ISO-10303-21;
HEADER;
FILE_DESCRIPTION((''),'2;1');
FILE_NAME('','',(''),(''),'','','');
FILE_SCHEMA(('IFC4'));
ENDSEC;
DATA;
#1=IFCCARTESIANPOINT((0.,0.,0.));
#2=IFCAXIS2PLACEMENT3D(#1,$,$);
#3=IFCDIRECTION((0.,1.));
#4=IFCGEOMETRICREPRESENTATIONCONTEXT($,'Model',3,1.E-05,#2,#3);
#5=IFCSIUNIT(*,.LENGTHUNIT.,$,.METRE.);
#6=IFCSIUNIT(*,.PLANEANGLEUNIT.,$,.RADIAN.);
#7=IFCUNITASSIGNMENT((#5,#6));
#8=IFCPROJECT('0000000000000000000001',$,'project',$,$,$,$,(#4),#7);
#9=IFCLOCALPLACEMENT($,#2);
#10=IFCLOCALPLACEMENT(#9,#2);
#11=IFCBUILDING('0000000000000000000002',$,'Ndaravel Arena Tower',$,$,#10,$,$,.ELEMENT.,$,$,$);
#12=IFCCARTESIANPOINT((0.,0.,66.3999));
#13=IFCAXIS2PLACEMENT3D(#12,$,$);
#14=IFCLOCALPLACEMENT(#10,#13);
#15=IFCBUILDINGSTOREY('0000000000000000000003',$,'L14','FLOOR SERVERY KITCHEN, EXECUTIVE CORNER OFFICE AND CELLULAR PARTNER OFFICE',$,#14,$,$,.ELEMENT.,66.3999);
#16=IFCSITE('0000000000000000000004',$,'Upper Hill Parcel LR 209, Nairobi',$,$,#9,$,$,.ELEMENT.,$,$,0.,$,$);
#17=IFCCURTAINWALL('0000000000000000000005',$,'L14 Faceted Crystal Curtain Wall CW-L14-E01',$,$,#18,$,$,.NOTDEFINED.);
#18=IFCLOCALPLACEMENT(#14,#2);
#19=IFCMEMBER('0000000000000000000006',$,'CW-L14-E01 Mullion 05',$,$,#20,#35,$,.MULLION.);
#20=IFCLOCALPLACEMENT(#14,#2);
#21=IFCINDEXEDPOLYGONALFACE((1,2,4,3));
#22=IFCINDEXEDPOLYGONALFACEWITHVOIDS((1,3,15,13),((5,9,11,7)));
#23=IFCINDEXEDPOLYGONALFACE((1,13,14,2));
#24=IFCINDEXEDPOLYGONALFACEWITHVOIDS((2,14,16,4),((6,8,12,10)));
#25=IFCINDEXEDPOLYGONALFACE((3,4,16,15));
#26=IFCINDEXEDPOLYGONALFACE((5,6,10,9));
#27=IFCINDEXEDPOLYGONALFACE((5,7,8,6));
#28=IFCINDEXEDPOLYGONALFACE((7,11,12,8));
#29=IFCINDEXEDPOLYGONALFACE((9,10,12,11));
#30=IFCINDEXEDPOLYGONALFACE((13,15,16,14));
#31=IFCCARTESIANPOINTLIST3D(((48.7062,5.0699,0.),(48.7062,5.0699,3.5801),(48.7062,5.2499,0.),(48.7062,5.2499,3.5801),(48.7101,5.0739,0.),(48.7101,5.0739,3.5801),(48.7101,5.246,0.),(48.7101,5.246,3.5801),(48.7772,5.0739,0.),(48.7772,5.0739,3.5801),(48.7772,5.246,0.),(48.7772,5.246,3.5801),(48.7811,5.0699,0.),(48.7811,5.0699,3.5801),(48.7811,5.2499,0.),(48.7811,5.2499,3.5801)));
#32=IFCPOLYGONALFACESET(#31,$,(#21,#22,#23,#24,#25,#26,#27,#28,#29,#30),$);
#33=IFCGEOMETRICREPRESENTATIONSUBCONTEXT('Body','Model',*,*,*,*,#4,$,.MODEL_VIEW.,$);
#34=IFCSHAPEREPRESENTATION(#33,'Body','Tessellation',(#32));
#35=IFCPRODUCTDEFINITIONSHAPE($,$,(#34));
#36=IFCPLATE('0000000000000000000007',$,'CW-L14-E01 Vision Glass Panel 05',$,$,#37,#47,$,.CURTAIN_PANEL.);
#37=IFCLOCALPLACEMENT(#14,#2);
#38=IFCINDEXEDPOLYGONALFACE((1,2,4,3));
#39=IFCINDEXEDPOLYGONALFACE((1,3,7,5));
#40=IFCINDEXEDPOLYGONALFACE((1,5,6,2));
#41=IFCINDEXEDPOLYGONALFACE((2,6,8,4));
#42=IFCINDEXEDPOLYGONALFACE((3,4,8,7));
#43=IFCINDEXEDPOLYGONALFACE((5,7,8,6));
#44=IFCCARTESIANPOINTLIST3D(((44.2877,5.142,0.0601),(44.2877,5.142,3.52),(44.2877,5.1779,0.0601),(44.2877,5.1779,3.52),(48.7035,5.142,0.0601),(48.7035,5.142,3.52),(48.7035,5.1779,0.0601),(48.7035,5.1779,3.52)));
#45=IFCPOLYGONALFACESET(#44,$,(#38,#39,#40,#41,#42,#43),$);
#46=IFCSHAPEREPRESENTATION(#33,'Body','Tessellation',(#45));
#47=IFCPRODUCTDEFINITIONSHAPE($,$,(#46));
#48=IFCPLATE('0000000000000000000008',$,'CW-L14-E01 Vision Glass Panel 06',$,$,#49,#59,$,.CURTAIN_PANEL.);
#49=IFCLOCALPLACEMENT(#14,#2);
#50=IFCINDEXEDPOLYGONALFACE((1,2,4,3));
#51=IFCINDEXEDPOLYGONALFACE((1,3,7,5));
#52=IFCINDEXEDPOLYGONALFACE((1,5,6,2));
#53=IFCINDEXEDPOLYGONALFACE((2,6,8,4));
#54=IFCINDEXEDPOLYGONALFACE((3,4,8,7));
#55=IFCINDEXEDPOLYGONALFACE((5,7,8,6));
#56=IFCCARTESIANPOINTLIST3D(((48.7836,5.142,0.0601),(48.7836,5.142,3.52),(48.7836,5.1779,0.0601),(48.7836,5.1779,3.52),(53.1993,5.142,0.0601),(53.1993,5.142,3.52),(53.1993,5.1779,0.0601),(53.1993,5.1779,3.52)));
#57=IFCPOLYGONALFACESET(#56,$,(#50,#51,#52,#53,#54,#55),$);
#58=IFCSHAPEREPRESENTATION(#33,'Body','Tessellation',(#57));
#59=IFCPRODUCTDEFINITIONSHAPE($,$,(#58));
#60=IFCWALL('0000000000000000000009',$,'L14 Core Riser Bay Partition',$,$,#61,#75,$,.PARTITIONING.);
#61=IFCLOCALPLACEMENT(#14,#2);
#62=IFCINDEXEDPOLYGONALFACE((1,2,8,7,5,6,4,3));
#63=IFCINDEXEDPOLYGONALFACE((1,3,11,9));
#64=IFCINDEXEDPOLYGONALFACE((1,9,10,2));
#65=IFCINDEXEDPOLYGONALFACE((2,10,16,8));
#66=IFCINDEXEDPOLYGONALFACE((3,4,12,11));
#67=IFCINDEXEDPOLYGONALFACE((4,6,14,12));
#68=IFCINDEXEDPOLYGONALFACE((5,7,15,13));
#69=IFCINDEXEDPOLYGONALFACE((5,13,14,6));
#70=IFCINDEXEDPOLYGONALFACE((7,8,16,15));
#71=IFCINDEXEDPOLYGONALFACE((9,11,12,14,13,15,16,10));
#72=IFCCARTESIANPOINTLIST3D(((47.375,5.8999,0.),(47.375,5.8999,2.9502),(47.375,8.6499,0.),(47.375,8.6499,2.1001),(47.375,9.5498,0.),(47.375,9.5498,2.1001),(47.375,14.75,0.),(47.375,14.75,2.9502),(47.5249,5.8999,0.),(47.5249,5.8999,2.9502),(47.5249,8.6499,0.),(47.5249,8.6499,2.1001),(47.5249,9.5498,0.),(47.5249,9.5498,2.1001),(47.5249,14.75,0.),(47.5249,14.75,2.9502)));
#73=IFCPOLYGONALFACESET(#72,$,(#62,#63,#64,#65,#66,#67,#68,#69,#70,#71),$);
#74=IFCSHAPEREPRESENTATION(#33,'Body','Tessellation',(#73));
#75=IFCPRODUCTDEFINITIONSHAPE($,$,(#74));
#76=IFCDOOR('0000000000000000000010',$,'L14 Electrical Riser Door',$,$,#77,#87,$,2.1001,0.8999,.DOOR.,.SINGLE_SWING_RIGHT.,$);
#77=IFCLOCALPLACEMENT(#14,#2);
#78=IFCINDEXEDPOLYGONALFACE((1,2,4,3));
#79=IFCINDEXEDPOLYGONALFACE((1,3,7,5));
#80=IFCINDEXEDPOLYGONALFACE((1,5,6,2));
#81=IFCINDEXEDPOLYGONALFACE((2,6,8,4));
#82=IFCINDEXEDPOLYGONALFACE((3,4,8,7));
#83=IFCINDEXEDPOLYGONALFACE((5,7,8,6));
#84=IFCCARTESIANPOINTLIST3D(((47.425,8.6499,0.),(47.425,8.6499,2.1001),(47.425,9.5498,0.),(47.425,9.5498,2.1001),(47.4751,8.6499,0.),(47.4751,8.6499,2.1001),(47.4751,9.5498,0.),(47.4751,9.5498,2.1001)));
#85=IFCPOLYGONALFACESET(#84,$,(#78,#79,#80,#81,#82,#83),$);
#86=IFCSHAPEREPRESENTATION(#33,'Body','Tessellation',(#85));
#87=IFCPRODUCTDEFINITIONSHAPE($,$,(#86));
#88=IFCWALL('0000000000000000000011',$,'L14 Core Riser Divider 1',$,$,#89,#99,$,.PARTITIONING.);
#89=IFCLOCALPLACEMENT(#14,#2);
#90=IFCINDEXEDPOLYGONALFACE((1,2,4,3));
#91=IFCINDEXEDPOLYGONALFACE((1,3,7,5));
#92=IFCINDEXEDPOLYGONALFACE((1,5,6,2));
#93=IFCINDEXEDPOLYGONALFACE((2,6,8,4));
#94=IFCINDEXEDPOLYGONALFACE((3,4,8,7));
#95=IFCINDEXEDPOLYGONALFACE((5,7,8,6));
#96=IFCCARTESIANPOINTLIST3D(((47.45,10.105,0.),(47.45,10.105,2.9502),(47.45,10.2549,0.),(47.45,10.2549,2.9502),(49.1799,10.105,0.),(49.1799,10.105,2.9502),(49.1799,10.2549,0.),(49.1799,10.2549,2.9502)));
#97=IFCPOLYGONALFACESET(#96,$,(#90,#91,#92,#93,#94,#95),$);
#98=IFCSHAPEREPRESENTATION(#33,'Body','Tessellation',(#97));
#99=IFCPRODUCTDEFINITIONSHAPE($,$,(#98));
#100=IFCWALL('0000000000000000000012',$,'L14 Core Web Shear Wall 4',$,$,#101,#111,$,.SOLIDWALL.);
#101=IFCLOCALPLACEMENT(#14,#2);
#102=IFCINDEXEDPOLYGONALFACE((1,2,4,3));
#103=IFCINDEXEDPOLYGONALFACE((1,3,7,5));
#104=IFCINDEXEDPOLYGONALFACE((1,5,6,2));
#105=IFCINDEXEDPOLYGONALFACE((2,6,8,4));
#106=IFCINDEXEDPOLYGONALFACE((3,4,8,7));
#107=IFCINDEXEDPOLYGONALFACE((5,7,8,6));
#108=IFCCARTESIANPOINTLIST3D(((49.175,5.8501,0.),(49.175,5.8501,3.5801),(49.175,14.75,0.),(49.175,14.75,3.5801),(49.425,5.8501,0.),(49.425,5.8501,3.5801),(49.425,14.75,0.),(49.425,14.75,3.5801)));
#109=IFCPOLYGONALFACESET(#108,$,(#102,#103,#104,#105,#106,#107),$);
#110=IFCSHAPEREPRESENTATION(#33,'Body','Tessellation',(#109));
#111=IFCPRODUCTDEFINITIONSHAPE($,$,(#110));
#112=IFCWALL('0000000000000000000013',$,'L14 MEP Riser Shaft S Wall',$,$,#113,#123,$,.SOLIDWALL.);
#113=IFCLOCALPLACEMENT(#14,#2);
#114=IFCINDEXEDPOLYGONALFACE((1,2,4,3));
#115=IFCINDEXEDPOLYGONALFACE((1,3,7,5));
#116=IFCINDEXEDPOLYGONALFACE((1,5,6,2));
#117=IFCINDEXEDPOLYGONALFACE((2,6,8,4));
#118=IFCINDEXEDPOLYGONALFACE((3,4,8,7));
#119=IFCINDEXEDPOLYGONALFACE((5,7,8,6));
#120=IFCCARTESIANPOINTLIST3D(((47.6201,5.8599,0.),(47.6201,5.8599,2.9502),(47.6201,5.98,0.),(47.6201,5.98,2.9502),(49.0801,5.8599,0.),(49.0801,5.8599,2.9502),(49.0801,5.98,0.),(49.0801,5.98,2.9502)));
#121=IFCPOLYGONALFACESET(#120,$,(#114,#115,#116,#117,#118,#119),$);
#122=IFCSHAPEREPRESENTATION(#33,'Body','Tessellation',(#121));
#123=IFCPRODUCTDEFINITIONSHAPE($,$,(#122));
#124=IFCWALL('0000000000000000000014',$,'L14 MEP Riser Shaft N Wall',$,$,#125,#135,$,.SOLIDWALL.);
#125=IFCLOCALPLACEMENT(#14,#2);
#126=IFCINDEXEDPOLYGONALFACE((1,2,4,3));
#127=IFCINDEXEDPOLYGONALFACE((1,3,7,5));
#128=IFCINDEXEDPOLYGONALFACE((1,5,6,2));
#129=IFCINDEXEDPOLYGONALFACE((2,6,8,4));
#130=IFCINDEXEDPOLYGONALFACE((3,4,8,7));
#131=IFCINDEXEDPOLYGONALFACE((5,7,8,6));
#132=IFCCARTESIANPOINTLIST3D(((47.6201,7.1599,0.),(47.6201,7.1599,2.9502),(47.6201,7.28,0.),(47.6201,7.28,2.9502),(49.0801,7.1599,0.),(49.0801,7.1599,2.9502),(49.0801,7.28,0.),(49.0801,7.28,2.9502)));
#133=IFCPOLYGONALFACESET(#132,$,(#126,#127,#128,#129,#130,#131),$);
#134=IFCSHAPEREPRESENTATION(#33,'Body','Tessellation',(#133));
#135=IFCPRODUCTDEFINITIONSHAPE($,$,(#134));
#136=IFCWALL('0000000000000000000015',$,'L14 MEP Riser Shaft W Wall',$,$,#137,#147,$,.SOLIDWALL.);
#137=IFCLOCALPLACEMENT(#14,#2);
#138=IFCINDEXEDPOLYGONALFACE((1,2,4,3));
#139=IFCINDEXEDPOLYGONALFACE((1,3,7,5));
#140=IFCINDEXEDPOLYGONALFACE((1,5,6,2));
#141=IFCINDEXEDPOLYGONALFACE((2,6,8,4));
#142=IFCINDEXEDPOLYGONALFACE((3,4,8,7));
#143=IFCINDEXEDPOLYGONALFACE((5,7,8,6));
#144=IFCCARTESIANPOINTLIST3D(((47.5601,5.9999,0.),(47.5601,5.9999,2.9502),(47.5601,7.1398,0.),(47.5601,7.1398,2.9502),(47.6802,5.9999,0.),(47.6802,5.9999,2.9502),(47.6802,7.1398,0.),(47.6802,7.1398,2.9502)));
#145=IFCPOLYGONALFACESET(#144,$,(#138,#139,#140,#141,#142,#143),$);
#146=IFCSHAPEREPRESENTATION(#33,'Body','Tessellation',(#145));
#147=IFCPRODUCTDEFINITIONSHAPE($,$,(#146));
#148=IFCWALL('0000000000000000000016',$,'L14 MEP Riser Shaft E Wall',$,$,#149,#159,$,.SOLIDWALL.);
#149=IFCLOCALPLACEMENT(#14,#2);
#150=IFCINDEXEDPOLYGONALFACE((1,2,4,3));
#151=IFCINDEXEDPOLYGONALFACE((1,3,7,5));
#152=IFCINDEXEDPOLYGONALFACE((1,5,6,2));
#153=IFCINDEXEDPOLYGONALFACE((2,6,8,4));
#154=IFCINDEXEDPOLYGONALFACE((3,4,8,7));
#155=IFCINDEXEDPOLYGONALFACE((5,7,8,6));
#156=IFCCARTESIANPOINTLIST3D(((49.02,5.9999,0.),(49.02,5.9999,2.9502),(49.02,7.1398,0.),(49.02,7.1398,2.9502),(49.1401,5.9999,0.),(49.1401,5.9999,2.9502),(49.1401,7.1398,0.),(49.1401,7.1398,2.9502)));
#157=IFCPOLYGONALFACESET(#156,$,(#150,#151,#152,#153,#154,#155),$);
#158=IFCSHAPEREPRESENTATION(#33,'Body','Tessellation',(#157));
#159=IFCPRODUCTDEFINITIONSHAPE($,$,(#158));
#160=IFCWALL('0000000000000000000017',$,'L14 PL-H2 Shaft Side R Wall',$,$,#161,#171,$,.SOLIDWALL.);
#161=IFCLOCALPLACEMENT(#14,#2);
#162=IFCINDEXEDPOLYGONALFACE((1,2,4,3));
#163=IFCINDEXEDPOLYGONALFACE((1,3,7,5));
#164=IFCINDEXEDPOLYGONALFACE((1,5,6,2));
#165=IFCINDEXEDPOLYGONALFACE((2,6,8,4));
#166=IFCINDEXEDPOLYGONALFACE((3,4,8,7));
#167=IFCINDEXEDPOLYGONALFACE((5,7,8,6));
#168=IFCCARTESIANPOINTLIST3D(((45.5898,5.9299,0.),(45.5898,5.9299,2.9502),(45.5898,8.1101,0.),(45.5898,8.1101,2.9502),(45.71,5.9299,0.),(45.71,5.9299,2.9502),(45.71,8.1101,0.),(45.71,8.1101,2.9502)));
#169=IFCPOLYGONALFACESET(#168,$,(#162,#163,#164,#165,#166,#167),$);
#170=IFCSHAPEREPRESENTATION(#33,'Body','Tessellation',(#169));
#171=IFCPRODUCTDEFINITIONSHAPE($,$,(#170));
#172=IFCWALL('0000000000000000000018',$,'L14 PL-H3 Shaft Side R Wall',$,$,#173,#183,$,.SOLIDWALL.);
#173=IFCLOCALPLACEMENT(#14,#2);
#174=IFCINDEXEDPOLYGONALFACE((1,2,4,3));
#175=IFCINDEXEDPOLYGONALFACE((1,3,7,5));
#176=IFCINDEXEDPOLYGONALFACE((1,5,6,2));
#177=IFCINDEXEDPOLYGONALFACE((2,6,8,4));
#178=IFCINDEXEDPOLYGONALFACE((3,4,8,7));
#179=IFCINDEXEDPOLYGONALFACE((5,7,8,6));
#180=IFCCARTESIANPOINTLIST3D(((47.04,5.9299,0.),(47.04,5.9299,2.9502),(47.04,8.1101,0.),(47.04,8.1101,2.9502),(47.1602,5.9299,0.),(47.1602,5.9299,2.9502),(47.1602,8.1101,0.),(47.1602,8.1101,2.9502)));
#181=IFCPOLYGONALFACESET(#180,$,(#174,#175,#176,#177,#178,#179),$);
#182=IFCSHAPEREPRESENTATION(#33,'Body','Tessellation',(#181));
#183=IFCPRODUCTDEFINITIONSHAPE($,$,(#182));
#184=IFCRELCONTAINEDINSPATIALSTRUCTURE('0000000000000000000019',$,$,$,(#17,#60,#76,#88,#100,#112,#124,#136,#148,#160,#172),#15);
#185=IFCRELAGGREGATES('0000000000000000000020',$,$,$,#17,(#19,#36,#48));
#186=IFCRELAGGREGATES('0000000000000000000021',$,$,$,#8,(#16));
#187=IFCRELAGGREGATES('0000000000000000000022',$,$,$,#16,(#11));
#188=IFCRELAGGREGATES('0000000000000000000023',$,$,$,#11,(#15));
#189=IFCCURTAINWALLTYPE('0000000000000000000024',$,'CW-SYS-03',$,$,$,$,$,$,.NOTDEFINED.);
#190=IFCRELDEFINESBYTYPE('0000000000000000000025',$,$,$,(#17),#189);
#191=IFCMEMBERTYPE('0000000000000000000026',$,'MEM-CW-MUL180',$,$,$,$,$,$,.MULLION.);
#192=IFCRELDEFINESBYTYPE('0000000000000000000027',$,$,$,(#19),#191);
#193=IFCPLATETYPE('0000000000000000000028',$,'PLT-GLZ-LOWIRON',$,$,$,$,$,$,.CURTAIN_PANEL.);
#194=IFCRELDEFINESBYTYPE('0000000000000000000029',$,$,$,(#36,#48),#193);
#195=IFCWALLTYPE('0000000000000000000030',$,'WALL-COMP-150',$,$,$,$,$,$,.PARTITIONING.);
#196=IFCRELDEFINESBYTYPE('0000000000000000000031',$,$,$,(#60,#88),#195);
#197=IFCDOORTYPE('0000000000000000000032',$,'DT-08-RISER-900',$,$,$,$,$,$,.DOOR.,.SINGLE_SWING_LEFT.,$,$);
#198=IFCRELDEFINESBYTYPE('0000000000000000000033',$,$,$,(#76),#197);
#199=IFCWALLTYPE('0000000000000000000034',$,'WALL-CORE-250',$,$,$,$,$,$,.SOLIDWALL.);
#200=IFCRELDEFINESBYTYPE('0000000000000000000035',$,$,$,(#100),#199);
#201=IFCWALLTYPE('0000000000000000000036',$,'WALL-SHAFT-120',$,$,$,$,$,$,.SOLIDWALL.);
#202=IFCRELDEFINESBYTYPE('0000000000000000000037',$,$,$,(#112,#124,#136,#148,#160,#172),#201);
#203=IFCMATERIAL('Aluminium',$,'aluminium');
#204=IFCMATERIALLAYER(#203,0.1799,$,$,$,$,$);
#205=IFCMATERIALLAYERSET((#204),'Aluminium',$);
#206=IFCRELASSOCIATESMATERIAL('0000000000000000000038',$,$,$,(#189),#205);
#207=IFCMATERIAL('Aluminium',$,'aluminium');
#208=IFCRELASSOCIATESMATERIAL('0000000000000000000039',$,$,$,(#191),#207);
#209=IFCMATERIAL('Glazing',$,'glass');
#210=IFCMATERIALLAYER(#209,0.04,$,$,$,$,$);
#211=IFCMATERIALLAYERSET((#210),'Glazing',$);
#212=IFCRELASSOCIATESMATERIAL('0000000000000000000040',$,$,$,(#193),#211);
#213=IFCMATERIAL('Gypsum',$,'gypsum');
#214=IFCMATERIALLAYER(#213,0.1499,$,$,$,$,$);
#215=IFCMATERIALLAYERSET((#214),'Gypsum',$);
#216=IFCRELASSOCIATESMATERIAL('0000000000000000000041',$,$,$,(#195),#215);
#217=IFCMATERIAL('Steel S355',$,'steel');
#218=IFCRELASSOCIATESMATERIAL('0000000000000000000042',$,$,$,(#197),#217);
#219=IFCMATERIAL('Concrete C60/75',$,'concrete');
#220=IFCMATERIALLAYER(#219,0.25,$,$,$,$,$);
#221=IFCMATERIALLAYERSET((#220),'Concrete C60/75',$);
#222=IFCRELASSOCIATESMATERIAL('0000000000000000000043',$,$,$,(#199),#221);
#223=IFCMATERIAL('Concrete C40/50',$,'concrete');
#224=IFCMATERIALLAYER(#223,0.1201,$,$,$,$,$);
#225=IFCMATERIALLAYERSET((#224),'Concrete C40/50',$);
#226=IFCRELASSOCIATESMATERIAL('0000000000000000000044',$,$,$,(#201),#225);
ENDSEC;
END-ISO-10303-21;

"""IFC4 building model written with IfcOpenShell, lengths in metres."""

from ifc_helpers import new_model, si_unit, direction, frame, frame_2d, origin, origin_2d, place, context, subcontext, project, spatial, rectangle, hollow_rectangle, extrude, material, layer, layer_set, material_profile, profile_set, type_object, element, fill, aggregate, save


model = new_model("IFC4")

# Units and contexts
model_context = context("Model", 3, precision=1e-05, world=origin(), true_north=direction((0.0, 1.0)))
body_context = subcontext(model_context, "Body", "Model", "MODEL_VIEW")
ifc_project = project(units=[si_unit("LENGTHUNIT", "METRE"), si_unit("PLANEANGLEUNIT", "RADIAN")], contexts=[model_context])

# Site, building, storey
site_placement = place(None, origin())
site = spatial("IfcSite", under=ifc_project, at=site_placement, Name="Upper Hill Parcel LR 209, Nairobi", CompositionType="ELEMENT", RefElevation=0.0)
building_placement = place(site_placement, origin())
building = spatial("IfcBuilding", under=site, at=building_placement, Name="Ndaravel Arena Tower", CompositionType="ELEMENT")
storey_placement = place(building_placement, frame((0.0, 0.0, 66.3999)))
storey = spatial("IfcBuildingStorey", under=building, at=storey_placement, Name="L14", Description="FLOOR SERVERY KITCHEN, EXECUTIVE CORNER OFFICE AND CELLULAR PARTNER OFFICE", CompositionType="ELEMENT", Elevation=66.3999)

# Curtain wall, member, plates
ifc_material_1 = material(Name="Aluminium", Category="aluminium")
ifc_layer_1 = layer(ifc_material_1, 0.1799)
ifc_layer_set_1 = layer_set([ifc_layer_1], Name="Aluminium")
curtain_wall_type = type_object("IfcCurtainWallType", Name="CW-SYS-03", PredefinedType="NOTDEFINED", material=ifc_layer_set_1)
curtain_wall_placement = place(storey_placement, origin())
curtain_wall = element("IfcCurtainWall", 1, at=curtain_wall_placement, inside=storey, type_object=curtain_wall_type, Name="L14 Faceted Crystal Curtain Wall CW-L14-E01", PredefinedType="NOTDEFINED")
ifc_material_2 = material(Name="Aluminium", Category="aluminium")
ifc_material_profile = material_profile(ifc_material_2, hollow_rectangle(XDim=0.075, YDim=0.1799, WallThickness=0.0039, at=origin_2d()), Name="CW MULLION 75x180x4")
ifc_profile_set = profile_set([ifc_material_profile], Name="Aluminium")
member_type = type_object("IfcMemberType", Name="MEM-CW-MUL180", PredefinedType="MULLION", material=ifc_profile_set)
member_placement = place(storey_placement, frame((48.7437, 5.1599, 0.0), z_axis=(0.0, 0.0, 1.0), x_axis=(1.0, 0.0, 0.0)))
member = element("IfcMember", 2, at=member_placement, type_object=member_type, Name="CW-L14-E01 Mullion 05", PredefinedType="MULLION", context=body_context, shape_type="SweptSolid", body=[
    extrude(hollow_rectangle(XDim=0.075, YDim=0.1799, WallThickness=0.0039, at=origin_2d()), origin(), (0.0, 0.0, 1.0), 3.5801),
])
ifc_material_3 = material(Name="Glazing", Category="glass")
ifc_layer_2 = layer(ifc_material_3, 0.04)
ifc_layer_set_2 = layer_set([ifc_layer_2], Name="Glazing")
plate_type = type_object("IfcPlateType", Name="PLT-GLZ-LOWIRON", PredefinedType="CURTAIN_PANEL", material=ifc_layer_set_2)
plate_1_placement = place(storey_placement, frame((46.4956, 5.1599, 0.0601), z_axis=(0.0, 0.0, 1.0), x_axis=(1.0, 0.0, 0.0)))
plate_1 = element("IfcPlate", 3, at=plate_1_placement, type_object=plate_type, Name="CW-L14-E01 Vision Glass Panel 05", PredefinedType="CURTAIN_PANEL", context=body_context, shape_type="SweptSolid", body=[
    extrude(rectangle(XDim=4.4158, YDim=0.0359, at=origin_2d()), origin(), (0.0, 0.0, 1.0), 3.46),
])
plate_2_placement = place(storey_placement, frame((50.9915, 5.1599, 0.0601), z_axis=(0.0, 0.0, 1.0), x_axis=(1.0, 0.0, 0.0)))
plate_2 = element("IfcPlate", 4, at=plate_2_placement, type_object=plate_type, Name="CW-L14-E01 Vision Glass Panel 06", PredefinedType="CURTAIN_PANEL", context=body_context, shape_type="SweptSolid", body=[
    extrude(rectangle(XDim=4.4158, YDim=0.0359, at=origin_2d()), origin(), (0.0, 0.0, 1.0), 3.46),
])
aggregate(curtain_wall, [member, plate_1, plate_2])

# Wall, opening, door
ifc_material_4 = material(Name="Gypsum", Category="gypsum")
ifc_layer_3 = layer(ifc_material_4, 0.1499)
ifc_layer_set_3 = layer_set([ifc_layer_3], Name="Gypsum")
wall_type_1 = type_object("IfcWallType", Name="WALL-COMP-150", PredefinedType="PARTITIONING", material=ifc_layer_set_3)
wall_1_placement = place(storey_placement, frame((47.45, 5.8999, 0.0), z_axis=(0.0, 0.0, 1.0), x_axis=(0.0, 1.0, 0.0)))
wall_1 = element("IfcWall", 5, at=wall_1_placement, inside=storey, type_object=wall_type_1, Name="L14 Core Riser Bay Partition", PredefinedType="PARTITIONING", context=body_context, shape_type="SweptSolid", body=[
    extrude(rectangle(XDim=8.8501, YDim=0.1499, at=frame_2d((4.425, 0.0))), origin(), (0.0, 0.0, 1.0), 2.9502),
])
opening_1_placement = place(wall_1_placement, frame((2.75, 0.0, 0.0)))
opening_1 = element("IfcOpeningElement", 6, at=opening_1_placement, cuts=wall_1, PredefinedType="OPENING", context=body_context, shape_type="SweptSolid", body=[
    extrude(rectangle(XDim=0.8999, YDim=2.1001, at=frame_2d((0.45, 1.05))), frame((0.0, 0.075, 0.0), z_axis=(0.0, -1.0, 0.0), x_axis=(1.0, 0.0, 0.0)), (0.0, 0.0, 1.0), 0.1499),
])
ifc_material_5 = material(Name="Steel S355", Category="steel")
door_type_1 = type_object("IfcDoorType", Name="DT-08-RISER-900", OperationType="SINGLE_SWING_LEFT", PredefinedType="DOOR", material=ifc_material_5)
door_1_placement = place(opening_1_placement, origin())
door_1 = element("IfcDoor", 7, at=door_1_placement, inside=storey, type_object=door_type_1, Name="L14 Electrical Riser Door", OperationType="SINGLE_SWING_RIGHT", OverallHeight=2.1001, OverallWidth=0.8999, PredefinedType="DOOR", context=body_context, shape_type="SweptSolid", body=[
    extrude(rectangle(XDim=0.8999, YDim=2.1001, at=frame_2d((0.45, 1.05))), frame((0.0, 0.0249, 0.0), z_axis=(0.0, -1.0, 0.0), x_axis=(1.0, 0.0, 0.0)), (0.0, 0.0, 1.0), 0.05),
])
fill(opening_1, door_1)

# Walls
wall_2_placement = place(storey_placement, frame((47.45, 10.1799, 0.0), z_axis=(0.0, 0.0, 1.0), x_axis=(1.0, 0.0, 0.0)))
element("IfcWall", 8, at=wall_2_placement, inside=storey, type_object=wall_type_1, Name="L14 Core Riser Divider 1", PredefinedType="PARTITIONING", context=body_context, shape_type="SweptSolid", body=[
    extrude(rectangle(XDim=1.73, YDim=0.1499, at=frame_2d((0.865, 0.0))), origin(), (0.0, 0.0, 1.0), 2.9502),
])
ifc_material_6 = material(Name="Concrete C60/75", Category="concrete")
ifc_layer_4 = layer(ifc_material_6, 0.25)
ifc_layer_set_4 = layer_set([ifc_layer_4], Name="Concrete C60/75")
wall_type_2 = type_object("IfcWallType", Name="WALL-CORE-250", PredefinedType="SOLIDWALL", material=ifc_layer_set_4)
wall_3_placement = place(storey_placement, frame((49.3, 5.8501, 0.0), z_axis=(0.0, 0.0, 1.0), x_axis=(0.0, 1.0, 0.0)))
element("IfcWall", 9, at=wall_3_placement, inside=storey, type_object=wall_type_2, Name="L14 Core Web Shear Wall 4", PredefinedType="SOLIDWALL", context=body_context, shape_type="SweptSolid", body=[
    extrude(rectangle(XDim=8.8999, YDim=0.25, at=frame_2d((4.45, 0.0))), origin(), (0.0, 0.0, 1.0), 3.5801),
])
ifc_material_7 = material(Name="Concrete C40/50", Category="concrete")
ifc_layer_5 = layer(ifc_material_7, 0.1201)
ifc_layer_set_5 = layer_set([ifc_layer_5], Name="Concrete C40/50")
wall_type_3 = type_object("IfcWallType", Name="WALL-SHAFT-120", PredefinedType="SOLIDWALL", material=ifc_layer_set_5)
for number, where, z_axis, x_axis, name in (
    (10, (47.6201, 5.9199, 0.0), (0.0, 0.0, 1.0), (1.0, 0.0, 0.0), "L14 MEP Riser Shaft S Wall"),
    (11, (47.6201, 7.22, 0.0), (0.0, 0.0, 1.0), (1.0, 0.0, 0.0), "L14 MEP Riser Shaft N Wall"),
):
    element("IfcWall", number, at=place(storey_placement, frame(where, z_axis=z_axis, x_axis=x_axis)), inside=storey, type_object=wall_type_3, Name=name, PredefinedType="SOLIDWALL", context=body_context, shape_type="SweptSolid", body=[
        extrude(rectangle(XDim=1.46, YDim=0.1201, at=frame_2d((0.73, 0.0))), origin(), (0.0, 0.0, 1.0), 2.9502),
    ])
for number, where, z_axis, x_axis, name in (
    (12, (47.6201, 6.0, 0.0), (0.0, 0.0, 1.0), (0.0, 1.0, 0.0), "L14 MEP Riser Shaft W Wall"),
    (13, (49.0801, 6.0, 0.0), (0.0, 0.0, 1.0), (0.0, 1.0, 0.0), "L14 MEP Riser Shaft E Wall"),
):
    element("IfcWall", number, at=place(storey_placement, frame(where, z_axis=z_axis, x_axis=x_axis)), inside=storey, type_object=wall_type_3, Name=name, PredefinedType="SOLIDWALL", context=body_context, shape_type="SweptSolid", body=[
        extrude(rectangle(XDim=1.1399, YDim=0.1201, at=frame_2d((0.5698, 0.0))), origin(), (0.0, 0.0, 1.0), 2.9502),
    ])
for number, where, z_axis, x_axis, name in (
    (14, (45.6499, 5.9299, 0.0), (0.0, 0.0, 1.0), (0.0, 1.0, 0.0), "L14 PL-H2 Shaft Side R Wall"),
    (15, (47.1001, 5.9299, 0.0), (0.0, 0.0, 1.0), (0.0, 1.0, 0.0), "L14 PL-H3 Shaft Side R Wall"),
):
    element("IfcWall", number, at=place(storey_placement, frame(where, z_axis=z_axis, x_axis=x_axis)), inside=storey, type_object=wall_type_3, Name=name, PredefinedType="SOLIDWALL", context=body_context, shape_type="SweptSolid", body=[
        extrude(rectangle(XDim=2.1802, YDim=0.1201, at=frame_2d((1.0901, 0.0))), origin(), (0.0, 0.0, 1.0), 2.9502),
    ])

save(model, "model.ifc")
